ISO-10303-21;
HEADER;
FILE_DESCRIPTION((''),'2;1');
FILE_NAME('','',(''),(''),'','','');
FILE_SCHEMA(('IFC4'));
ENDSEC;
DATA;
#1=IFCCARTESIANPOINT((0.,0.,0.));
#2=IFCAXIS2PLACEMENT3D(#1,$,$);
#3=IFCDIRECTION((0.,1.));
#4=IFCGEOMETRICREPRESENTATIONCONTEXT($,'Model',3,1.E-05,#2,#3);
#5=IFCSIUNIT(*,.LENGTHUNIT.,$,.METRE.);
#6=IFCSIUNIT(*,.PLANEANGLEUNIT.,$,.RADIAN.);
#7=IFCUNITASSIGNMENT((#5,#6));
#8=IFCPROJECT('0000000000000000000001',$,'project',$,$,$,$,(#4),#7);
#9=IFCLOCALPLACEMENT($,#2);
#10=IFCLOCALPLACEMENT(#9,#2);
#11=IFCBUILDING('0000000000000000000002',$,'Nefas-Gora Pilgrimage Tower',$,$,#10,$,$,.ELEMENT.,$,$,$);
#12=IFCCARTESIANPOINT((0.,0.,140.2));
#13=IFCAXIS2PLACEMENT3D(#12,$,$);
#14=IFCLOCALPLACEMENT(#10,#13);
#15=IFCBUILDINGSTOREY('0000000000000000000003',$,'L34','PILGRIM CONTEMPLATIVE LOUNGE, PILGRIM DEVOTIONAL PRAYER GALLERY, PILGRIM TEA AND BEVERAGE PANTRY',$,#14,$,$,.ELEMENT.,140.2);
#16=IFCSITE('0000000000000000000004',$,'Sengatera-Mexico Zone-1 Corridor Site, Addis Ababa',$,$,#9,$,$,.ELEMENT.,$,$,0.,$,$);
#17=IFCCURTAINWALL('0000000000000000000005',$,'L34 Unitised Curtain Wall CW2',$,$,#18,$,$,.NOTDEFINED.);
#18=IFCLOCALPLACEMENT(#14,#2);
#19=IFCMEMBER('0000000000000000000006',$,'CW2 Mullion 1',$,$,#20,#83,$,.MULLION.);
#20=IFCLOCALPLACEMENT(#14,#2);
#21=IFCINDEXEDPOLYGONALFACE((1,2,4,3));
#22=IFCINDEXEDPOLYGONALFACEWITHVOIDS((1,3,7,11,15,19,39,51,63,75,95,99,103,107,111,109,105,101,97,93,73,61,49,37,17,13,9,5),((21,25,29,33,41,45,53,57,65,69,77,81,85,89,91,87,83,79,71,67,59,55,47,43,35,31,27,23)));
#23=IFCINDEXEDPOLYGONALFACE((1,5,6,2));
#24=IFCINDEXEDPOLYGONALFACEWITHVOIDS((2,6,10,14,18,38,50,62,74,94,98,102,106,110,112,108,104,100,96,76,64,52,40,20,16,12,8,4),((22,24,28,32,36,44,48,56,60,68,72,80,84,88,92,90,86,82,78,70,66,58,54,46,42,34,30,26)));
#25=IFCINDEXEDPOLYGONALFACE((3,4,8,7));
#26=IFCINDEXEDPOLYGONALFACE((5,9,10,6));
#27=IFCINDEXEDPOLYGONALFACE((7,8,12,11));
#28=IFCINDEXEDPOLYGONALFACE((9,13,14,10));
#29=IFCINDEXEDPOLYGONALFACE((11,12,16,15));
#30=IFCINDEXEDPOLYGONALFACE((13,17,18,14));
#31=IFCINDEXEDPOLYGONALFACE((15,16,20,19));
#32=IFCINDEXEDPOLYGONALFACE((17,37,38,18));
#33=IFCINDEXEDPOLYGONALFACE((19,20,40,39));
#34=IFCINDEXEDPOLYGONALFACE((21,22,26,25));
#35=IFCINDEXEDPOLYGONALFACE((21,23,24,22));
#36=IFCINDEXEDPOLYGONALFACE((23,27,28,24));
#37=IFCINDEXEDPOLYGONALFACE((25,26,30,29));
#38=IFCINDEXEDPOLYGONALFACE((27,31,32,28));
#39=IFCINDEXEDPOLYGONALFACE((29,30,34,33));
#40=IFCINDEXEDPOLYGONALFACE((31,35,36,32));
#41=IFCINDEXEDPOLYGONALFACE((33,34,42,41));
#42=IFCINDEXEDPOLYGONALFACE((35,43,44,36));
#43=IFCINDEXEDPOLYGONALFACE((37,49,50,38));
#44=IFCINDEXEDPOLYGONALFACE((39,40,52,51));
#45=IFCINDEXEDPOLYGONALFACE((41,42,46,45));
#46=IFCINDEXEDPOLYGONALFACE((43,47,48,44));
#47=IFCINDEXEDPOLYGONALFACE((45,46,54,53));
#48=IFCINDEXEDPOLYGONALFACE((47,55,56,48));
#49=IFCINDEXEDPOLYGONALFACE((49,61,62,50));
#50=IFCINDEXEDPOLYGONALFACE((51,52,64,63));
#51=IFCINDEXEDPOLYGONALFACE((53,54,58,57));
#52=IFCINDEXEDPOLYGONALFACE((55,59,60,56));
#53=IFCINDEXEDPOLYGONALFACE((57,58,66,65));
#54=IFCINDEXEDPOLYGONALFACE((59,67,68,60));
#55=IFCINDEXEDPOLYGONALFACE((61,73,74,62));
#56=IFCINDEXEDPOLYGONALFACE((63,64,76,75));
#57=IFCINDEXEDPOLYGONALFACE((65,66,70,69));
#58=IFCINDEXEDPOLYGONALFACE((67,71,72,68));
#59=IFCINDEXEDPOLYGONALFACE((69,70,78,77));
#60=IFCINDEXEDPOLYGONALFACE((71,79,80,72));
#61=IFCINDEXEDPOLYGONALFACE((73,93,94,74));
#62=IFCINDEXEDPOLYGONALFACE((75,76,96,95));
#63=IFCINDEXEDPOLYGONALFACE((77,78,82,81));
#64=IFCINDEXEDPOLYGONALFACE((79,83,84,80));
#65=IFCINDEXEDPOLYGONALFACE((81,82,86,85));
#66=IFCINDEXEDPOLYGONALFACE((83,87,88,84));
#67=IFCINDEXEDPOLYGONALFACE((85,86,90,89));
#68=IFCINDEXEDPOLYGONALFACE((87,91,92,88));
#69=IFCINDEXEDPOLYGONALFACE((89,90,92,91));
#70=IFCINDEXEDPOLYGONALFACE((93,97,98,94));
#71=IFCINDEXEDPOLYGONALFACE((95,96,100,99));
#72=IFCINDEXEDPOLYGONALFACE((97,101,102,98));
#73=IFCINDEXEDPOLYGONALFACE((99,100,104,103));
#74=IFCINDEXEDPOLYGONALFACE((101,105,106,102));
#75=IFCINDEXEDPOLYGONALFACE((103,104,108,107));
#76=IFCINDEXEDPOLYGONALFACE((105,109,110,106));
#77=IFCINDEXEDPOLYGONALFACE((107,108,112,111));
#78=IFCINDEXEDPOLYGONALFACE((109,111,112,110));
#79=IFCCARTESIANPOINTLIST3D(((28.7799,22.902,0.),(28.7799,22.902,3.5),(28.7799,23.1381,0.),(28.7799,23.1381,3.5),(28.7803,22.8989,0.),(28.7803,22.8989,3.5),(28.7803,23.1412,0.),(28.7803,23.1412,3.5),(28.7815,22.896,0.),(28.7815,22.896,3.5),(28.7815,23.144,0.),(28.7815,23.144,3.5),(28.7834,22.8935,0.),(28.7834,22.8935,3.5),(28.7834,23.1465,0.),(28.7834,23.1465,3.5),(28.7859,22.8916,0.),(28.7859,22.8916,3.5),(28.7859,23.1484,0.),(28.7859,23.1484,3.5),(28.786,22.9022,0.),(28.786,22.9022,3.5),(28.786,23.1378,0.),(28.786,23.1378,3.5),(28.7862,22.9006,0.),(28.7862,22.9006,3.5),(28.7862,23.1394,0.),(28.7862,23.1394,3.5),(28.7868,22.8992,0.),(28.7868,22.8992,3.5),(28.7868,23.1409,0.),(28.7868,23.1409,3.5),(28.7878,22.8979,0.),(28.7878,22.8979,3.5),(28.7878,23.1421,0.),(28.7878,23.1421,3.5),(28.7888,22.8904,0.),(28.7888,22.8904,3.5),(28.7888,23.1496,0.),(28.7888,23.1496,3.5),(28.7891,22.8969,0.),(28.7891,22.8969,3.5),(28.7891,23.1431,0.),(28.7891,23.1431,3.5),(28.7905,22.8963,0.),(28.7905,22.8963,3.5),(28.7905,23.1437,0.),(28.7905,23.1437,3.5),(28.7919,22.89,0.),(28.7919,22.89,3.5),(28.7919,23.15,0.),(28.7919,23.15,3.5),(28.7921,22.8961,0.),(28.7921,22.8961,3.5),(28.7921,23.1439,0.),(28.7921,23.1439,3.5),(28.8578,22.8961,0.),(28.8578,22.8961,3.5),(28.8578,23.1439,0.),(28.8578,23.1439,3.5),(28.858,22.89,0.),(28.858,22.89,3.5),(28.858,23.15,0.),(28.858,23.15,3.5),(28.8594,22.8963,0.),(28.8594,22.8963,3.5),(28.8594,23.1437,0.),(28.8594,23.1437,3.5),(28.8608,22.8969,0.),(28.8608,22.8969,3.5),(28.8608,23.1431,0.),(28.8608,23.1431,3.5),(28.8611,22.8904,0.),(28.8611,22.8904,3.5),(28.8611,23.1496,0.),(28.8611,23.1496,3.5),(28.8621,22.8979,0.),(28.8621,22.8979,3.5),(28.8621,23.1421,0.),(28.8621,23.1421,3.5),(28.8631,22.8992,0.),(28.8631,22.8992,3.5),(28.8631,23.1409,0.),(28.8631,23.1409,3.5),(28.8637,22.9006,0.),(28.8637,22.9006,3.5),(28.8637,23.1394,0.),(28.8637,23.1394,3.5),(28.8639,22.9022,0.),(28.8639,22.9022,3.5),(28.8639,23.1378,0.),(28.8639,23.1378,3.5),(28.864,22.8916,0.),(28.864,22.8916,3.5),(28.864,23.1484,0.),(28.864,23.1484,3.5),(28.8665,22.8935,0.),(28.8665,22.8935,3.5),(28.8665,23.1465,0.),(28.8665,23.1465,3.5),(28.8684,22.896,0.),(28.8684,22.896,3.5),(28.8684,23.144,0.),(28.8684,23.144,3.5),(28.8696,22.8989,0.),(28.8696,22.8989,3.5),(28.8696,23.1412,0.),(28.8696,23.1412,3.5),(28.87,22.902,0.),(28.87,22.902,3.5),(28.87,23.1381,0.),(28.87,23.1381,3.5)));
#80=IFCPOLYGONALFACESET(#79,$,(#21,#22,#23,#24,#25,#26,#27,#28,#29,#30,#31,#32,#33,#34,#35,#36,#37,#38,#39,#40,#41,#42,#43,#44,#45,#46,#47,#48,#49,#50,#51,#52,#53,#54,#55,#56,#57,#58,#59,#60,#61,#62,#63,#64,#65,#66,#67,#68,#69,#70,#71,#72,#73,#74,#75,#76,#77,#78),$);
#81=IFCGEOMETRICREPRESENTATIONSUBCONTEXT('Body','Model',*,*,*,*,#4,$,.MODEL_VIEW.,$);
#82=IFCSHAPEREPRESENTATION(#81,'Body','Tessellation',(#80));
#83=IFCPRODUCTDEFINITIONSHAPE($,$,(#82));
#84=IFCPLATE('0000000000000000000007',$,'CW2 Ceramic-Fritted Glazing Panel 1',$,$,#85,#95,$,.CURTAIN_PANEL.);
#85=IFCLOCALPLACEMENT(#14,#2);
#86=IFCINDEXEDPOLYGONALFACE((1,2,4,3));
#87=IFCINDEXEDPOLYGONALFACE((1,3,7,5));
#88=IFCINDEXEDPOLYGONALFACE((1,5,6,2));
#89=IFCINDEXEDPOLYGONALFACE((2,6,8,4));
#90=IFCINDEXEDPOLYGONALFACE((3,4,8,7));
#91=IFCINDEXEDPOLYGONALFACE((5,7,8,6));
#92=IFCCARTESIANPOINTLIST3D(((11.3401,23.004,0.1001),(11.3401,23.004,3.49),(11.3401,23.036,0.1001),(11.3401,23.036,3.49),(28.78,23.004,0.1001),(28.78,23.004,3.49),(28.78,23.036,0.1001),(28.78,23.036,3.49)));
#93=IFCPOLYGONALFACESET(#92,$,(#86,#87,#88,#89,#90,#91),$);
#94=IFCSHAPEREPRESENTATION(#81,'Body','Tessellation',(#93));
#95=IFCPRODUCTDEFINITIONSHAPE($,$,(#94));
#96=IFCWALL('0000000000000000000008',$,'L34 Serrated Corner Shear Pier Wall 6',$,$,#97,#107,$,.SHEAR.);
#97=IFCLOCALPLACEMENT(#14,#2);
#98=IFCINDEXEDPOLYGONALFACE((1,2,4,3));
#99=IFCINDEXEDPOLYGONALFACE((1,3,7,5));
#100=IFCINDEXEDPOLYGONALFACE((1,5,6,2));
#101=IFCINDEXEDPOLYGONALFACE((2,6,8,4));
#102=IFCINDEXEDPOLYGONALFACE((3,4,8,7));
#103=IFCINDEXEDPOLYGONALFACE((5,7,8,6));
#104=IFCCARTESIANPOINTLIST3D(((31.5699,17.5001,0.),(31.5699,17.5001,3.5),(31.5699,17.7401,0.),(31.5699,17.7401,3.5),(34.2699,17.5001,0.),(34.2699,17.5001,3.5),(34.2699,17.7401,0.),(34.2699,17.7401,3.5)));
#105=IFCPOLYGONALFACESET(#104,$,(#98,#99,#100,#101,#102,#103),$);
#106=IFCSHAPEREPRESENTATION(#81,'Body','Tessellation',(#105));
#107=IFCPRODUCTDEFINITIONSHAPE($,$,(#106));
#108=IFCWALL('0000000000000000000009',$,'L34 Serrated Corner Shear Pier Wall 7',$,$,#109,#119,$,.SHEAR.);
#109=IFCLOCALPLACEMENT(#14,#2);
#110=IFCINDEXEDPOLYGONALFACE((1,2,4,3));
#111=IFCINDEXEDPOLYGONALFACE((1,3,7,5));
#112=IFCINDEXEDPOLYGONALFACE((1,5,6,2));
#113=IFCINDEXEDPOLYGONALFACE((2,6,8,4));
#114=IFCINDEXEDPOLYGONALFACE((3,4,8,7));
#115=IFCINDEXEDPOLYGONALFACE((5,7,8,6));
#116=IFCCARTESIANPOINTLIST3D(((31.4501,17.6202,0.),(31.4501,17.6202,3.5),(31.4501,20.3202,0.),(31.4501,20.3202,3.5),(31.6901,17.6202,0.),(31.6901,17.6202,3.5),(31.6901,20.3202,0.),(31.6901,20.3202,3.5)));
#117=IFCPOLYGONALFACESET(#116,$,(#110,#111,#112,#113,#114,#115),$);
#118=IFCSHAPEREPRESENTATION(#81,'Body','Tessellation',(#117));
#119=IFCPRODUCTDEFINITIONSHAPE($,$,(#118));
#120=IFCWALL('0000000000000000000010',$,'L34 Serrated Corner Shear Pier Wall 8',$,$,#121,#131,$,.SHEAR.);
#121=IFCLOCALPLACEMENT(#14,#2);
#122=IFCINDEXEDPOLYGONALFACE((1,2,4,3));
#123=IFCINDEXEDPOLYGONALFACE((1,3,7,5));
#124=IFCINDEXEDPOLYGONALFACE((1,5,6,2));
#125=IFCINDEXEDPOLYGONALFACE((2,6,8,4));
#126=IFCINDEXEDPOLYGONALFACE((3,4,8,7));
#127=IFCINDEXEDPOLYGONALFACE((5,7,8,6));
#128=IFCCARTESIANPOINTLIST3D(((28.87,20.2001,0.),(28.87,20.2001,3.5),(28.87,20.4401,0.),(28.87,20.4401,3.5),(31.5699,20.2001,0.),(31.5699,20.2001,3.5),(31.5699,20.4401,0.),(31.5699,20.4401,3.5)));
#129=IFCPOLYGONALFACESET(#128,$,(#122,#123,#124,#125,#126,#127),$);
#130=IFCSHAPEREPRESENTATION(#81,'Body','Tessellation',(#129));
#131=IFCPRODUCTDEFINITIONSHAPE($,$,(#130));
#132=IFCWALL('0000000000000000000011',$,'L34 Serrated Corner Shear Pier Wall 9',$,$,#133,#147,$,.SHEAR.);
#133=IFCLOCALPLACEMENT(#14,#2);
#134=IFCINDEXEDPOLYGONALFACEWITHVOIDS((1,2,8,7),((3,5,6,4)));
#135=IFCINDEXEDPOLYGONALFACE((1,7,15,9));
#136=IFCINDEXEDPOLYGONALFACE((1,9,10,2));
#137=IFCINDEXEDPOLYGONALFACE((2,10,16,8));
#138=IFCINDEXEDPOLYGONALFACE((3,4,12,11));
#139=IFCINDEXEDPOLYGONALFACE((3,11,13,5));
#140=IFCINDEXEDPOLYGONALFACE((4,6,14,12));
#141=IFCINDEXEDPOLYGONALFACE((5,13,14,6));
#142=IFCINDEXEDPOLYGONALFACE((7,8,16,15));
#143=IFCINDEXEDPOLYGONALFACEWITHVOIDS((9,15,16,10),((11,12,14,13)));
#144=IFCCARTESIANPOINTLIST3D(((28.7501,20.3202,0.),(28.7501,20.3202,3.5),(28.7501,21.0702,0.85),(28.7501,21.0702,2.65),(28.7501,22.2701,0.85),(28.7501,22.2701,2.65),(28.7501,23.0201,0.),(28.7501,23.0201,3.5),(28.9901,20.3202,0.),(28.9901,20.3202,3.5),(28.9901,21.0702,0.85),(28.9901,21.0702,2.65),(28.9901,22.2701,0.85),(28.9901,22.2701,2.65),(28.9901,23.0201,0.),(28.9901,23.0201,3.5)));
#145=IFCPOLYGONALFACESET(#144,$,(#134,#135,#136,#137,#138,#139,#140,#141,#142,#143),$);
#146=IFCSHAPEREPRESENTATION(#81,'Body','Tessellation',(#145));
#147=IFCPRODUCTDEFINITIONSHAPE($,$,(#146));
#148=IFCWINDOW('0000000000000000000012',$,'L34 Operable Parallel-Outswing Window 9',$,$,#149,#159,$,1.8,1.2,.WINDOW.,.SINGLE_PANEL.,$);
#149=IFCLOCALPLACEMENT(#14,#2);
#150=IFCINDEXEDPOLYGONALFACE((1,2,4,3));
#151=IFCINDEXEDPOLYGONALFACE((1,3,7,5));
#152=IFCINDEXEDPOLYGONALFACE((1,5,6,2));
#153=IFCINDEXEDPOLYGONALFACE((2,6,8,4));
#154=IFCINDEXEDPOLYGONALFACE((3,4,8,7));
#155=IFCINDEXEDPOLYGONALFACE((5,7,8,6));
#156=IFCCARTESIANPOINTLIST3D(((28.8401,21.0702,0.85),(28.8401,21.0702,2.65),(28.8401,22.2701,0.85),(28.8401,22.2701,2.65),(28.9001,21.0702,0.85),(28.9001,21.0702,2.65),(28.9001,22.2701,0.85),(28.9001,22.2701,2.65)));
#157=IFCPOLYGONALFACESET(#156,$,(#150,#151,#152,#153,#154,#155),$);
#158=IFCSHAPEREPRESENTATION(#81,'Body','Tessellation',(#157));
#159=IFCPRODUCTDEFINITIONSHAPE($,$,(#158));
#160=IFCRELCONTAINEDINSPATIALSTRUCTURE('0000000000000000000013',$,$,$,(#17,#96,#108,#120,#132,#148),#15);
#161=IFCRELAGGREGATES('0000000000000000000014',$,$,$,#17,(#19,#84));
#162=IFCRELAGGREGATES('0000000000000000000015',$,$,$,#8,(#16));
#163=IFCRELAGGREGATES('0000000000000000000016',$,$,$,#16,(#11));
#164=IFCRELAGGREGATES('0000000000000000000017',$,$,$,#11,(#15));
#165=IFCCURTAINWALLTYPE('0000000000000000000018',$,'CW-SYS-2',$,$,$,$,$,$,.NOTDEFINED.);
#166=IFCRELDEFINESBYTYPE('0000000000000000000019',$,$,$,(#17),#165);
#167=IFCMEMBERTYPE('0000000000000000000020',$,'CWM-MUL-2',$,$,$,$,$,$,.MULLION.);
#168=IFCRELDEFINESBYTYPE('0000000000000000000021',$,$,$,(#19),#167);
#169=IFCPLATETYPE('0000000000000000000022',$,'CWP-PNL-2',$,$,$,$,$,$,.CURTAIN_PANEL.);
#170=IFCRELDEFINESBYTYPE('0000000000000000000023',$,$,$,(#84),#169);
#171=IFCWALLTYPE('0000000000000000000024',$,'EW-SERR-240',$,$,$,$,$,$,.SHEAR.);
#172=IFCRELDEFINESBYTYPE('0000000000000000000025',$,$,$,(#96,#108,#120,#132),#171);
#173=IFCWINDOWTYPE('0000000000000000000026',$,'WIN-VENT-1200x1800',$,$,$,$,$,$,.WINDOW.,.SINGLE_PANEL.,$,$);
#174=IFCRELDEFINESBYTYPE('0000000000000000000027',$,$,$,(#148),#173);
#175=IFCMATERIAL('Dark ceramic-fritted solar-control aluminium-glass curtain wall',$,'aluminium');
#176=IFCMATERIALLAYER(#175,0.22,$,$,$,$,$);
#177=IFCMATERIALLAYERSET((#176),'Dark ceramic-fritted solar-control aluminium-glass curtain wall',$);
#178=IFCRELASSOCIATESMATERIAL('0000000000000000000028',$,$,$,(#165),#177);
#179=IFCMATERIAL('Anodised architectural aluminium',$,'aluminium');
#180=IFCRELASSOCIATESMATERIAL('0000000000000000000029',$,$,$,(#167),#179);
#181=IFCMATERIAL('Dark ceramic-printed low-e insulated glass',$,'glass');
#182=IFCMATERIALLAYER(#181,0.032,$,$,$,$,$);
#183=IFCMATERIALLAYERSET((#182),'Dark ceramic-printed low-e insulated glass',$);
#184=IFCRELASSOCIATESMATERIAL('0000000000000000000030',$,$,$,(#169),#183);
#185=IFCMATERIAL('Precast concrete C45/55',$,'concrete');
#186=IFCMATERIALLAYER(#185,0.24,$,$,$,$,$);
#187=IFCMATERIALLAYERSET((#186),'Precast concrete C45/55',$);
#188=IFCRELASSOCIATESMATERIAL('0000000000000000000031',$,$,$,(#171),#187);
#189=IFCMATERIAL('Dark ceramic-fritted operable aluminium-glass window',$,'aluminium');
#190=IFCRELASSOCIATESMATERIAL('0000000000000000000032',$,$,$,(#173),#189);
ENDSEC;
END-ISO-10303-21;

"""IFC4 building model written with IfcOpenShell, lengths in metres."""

from ifc_helpers import new_model, si_unit, direction, frame, frame_2d, origin, origin_2d, place, context, subcontext, project, spatial, rectangle, hollow_rectangle, extrude, source, transform, mapped, material, layer, layer_set, material_profile, profile_set, type_object, element, fill, aggregate, save


model = new_model("IFC4")

# Units and contexts
model_context = context("Model", 3, precision=1e-05, world=origin(), true_north=direction((0.0, 1.0)))
body_context = subcontext(model_context, "Body", "Model", "MODEL_VIEW")
ifc_project = project(units=[si_unit("LENGTHUNIT", "METRE"), si_unit("PLANEANGLEUNIT", "RADIAN")], contexts=[model_context])

# Site, building, storey
site_placement = place(None, origin())
site = spatial("IfcSite", under=ifc_project, at=site_placement, Name="Sengatera-Mexico Zone-1 Corridor Site, Addis Ababa", CompositionType="ELEMENT", RefElevation=0.0)
building_placement = place(site_placement, origin())
building = spatial("IfcBuilding", under=site, at=building_placement, Name="Nefas-Gora Pilgrimage Tower", CompositionType="ELEMENT")
storey_placement = place(building_placement, frame((0.0, 0.0, 140.2)))
storey = spatial("IfcBuildingStorey", under=building, at=storey_placement, Name="L34", Description="PILGRIM CONTEMPLATIVE LOUNGE, PILGRIM DEVOTIONAL PRAYER GALLERY, PILGRIM TEA AND BEVERAGE PANTRY", CompositionType="ELEMENT", Elevation=140.2)

# Curtain wall
ifc_material_1 = material(Name="Dark ceramic-fritted solar-control aluminium-glass curtain wall", Category="aluminium")
ifc_layer_1 = layer(ifc_material_1, 0.22)
ifc_layer_set_1 = layer_set([ifc_layer_1], Name="Dark ceramic-fritted solar-control aluminium-glass curtain wall")
curtain_wall_type = type_object("IfcCurtainWallType", Name="CW-SYS-2", PredefinedType="NOTDEFINED", material=ifc_layer_set_1)
curtain_wall_1_placement = place(storey_placement, origin())
curtain_wall_1 = element("IfcCurtainWall", 1, at=curtain_wall_1_placement, inside=storey, type_object=curtain_wall_type, Name="L34 Unitised Curtain Wall CW2", PredefinedType="NOTDEFINED")
ifc_material_2 = material(Name="Anodised architectural aluminium", Category="aluminium")
ifc_material_profile_1 = material_profile(ifc_material_2, hollow_rectangle(XDim=0.0901, YDim=0.26, WallThickness=0.0061, InnerFilletRadius=0.0061, OuterFilletRadius=0.012, at=origin_2d()), Name="ALU MULLION 90x260")
ifc_profile_set_1 = profile_set([ifc_material_profile_1], Name="Anodised architectural aluminium")
member_type_1 = type_object("IfcMemberType", Name="CWM-MUL-2", PredefinedType="MULLION", material=ifc_profile_set_1)
shared_shape_1 = source(origin(), body_context, "Body", "SweptSolid", [
    extrude(hollow_rectangle(XDim=0.0901, YDim=0.26, WallThickness=0.0061, InnerFilletRadius=0.0061, OuterFilletRadius=0.012, at=origin_2d()), origin(), (0.0, 0.0, 1.0), 3.5),
])

# Member
member_1_placement = place(storey_placement, frame((28.825, 23.02, 0.0), z_axis=(0.0, 0.0, 1.0), x_axis=(-1.0, 0.0, 0.0)))
member_1 = element("IfcMember", 2, at=member_1_placement, type_object=member_type_1, Name="CW2 Mullion 1", PredefinedType="MULLION", context=body_context, shape_type="MappedRepresentation", body=[
    mapped(shared_shape_1, transform((0.0, 0.0, 0.0), x_axis=(1.0, 0.0, 0.0), y_axis=(0.0, 1.0, 0.0), z_axis=(0.0, 0.0, 1.0), scale=1.0)),
])

# Plate
ifc_material_3 = material(Name="Dark ceramic-printed low-e insulated glass", Category="glass")
ifc_layer_2 = layer(ifc_material_3, 0.032)
ifc_layer_set_2 = layer_set([ifc_layer_2], Name="Dark ceramic-printed low-e insulated glass")
plate_type = type_object("IfcPlateType", Name="CWP-PNL-2", PredefinedType="CURTAIN_PANEL", material=ifc_layer_set_2)
shared_shape_2 = source(origin(), body_context, "Body", "SweptSolid", [
    extrude(rectangle(XDim=17.4399, YDim=0.032, at=origin_2d()), origin(), (0.0, 0.0, 1.0), 3.3899),
])
plate_placement = place(storey_placement, frame((20.0601, 23.02, 0.1001), z_axis=(0.0, 0.0, 1.0), x_axis=(-1.0, 0.0, 0.0)))
plate = element("IfcPlate", 3, at=plate_placement, type_object=plate_type, Name="CW2 Ceramic-Fritted Glazing Panel 1", PredefinedType="CURTAIN_PANEL", context=body_context, shape_type="MappedRepresentation", body=[
    mapped(shared_shape_2, transform((0.0, 0.0, 0.0), x_axis=(1.0, 0.0, 0.0), y_axis=(0.0, 1.0, 0.0), z_axis=(0.0, 0.0, 1.0), scale=1.0)),
])
aggregate(curtain_wall_1, [member_1, plate])

# Walls
ifc_material_4 = material(Name="Precast concrete C45/55", Category="concrete")
ifc_layer_3 = layer(ifc_material_4, 0.24)
ifc_layer_set_3 = layer_set([ifc_layer_3], Name="Precast concrete C45/55")
wall_type = type_object("IfcWallType", Name="EW-SERR-240", PredefinedType="SHEAR", material=ifc_layer_set_3)
shared_shape_3 = source(origin(), body_context, "Body", "SweptSolid", [
    extrude(rectangle(XDim=2.7, YDim=0.24, at=frame_2d((1.3501, 0.0))), origin(), (0.0, 0.0, 1.0), 3.5),
])
for number, where, z_axis, x_axis, name in (
    (4, (34.27, 17.6201, 0.0), (0.0, 0.0, 1.0), (-1.0, 0.0, 0.0), "L34 Serrated Corner Shear Pier Wall 6"),
    (5, (31.5701, 17.6201, 0.0), (0.0, 0.0, 1.0), (0.0, 1.0, 0.0), "L34 Serrated Corner Shear Pier Wall 7"),
    (6, (31.5701, 20.3201, 0.0), (0.0, 0.0, 1.0), (-1.0, 0.0, 0.0), "L34 Serrated Corner Shear Pier Wall 8"),
):
    element("IfcWall", number, at=place(storey_placement, frame(where, z_axis=z_axis, x_axis=x_axis)), inside=storey, type_object=wall_type, Name=name, PredefinedType="SHEAR", context=body_context, shape_type="MappedRepresentation", body=[
        mapped(shared_shape_3, transform((0.0, 0.0, 0.0), x_axis=(1.0, 0.0, 0.0), y_axis=(0.0, 1.0, 0.0), z_axis=(0.0, 0.0, 1.0), scale=1.0)),
    ])

# Wall, opening, window
wall_placement = place(storey_placement, frame((28.8701, 20.3201, 0.0), z_axis=(0.0, 0.0, 1.0), x_axis=(0.0, 1.0, 0.0)))
wall = element("IfcWall", 7, at=wall_placement, inside=storey, type_object=wall_type, Name="L34 Serrated Corner Shear Pier Wall 9", PredefinedType="SHEAR", context=body_context, shape_type="MappedRepresentation", body=[
    mapped(shared_shape_3, transform((0.0, 0.0, 0.0), x_axis=(1.0, 0.0, 0.0), y_axis=(0.0, 1.0, 0.0), z_axis=(0.0, 0.0, 1.0), scale=1.0)),
])
opening_placement = place(wall_placement, frame((0.75, 0.0, 0.8501)))
opening = element("IfcOpeningElement", 8, at=opening_placement, cuts=wall, PredefinedType="OPENING", context=body_context, shape_type="SweptSolid", body=[
    extrude(rectangle(XDim=1.2, YDim=1.8, at=frame_2d((0.6001, 0.8999))), frame((0.0, 0.1299, 0.0), z_axis=(0.0, -1.0, 0.0), x_axis=(1.0, 0.0, 0.0)), (0.0, 0.0, 1.0), 0.26),
])
ifc_material_5 = material(Name="Dark ceramic-fritted operable aluminium-glass window", Category="aluminium")
window_type = type_object("IfcWindowType", Name="WIN-VENT-1200x1800", PartitioningType="SINGLE_PANEL", PredefinedType="WINDOW", material=ifc_material_5)
shared_shape_4 = source(origin(), body_context, "Body", "SweptSolid", [
    extrude(rectangle(XDim=1.2, YDim=1.8, at=frame_2d((0.6001, 0.8999))), frame((0.0, 0.03, 0.0), z_axis=(0.0, -1.0, 0.0), x_axis=(1.0, 0.0, 0.0)), (0.0, 0.0, 1.0), 0.0601),
])
window_placement = place(opening_placement, origin())
window = element("IfcWindow", 9, at=window_placement, inside=storey, type_object=window_type, Name="L34 Operable Parallel-Outswing Window 9", OverallHeight=1.8, OverallWidth=1.2, PartitioningType="SINGLE_PANEL", PredefinedType="WINDOW", context=body_context, shape_type="MappedRepresentation", body=[
    mapped(shared_shape_4, transform((0.0, 0.0, 0.0), x_axis=(1.0, 0.0, 0.0), y_axis=(0.0, 1.0, 0.0), z_axis=(0.0, 0.0, 1.0), scale=1.0)),
])
fill(opening, window)

save(model, "model.ifc")
